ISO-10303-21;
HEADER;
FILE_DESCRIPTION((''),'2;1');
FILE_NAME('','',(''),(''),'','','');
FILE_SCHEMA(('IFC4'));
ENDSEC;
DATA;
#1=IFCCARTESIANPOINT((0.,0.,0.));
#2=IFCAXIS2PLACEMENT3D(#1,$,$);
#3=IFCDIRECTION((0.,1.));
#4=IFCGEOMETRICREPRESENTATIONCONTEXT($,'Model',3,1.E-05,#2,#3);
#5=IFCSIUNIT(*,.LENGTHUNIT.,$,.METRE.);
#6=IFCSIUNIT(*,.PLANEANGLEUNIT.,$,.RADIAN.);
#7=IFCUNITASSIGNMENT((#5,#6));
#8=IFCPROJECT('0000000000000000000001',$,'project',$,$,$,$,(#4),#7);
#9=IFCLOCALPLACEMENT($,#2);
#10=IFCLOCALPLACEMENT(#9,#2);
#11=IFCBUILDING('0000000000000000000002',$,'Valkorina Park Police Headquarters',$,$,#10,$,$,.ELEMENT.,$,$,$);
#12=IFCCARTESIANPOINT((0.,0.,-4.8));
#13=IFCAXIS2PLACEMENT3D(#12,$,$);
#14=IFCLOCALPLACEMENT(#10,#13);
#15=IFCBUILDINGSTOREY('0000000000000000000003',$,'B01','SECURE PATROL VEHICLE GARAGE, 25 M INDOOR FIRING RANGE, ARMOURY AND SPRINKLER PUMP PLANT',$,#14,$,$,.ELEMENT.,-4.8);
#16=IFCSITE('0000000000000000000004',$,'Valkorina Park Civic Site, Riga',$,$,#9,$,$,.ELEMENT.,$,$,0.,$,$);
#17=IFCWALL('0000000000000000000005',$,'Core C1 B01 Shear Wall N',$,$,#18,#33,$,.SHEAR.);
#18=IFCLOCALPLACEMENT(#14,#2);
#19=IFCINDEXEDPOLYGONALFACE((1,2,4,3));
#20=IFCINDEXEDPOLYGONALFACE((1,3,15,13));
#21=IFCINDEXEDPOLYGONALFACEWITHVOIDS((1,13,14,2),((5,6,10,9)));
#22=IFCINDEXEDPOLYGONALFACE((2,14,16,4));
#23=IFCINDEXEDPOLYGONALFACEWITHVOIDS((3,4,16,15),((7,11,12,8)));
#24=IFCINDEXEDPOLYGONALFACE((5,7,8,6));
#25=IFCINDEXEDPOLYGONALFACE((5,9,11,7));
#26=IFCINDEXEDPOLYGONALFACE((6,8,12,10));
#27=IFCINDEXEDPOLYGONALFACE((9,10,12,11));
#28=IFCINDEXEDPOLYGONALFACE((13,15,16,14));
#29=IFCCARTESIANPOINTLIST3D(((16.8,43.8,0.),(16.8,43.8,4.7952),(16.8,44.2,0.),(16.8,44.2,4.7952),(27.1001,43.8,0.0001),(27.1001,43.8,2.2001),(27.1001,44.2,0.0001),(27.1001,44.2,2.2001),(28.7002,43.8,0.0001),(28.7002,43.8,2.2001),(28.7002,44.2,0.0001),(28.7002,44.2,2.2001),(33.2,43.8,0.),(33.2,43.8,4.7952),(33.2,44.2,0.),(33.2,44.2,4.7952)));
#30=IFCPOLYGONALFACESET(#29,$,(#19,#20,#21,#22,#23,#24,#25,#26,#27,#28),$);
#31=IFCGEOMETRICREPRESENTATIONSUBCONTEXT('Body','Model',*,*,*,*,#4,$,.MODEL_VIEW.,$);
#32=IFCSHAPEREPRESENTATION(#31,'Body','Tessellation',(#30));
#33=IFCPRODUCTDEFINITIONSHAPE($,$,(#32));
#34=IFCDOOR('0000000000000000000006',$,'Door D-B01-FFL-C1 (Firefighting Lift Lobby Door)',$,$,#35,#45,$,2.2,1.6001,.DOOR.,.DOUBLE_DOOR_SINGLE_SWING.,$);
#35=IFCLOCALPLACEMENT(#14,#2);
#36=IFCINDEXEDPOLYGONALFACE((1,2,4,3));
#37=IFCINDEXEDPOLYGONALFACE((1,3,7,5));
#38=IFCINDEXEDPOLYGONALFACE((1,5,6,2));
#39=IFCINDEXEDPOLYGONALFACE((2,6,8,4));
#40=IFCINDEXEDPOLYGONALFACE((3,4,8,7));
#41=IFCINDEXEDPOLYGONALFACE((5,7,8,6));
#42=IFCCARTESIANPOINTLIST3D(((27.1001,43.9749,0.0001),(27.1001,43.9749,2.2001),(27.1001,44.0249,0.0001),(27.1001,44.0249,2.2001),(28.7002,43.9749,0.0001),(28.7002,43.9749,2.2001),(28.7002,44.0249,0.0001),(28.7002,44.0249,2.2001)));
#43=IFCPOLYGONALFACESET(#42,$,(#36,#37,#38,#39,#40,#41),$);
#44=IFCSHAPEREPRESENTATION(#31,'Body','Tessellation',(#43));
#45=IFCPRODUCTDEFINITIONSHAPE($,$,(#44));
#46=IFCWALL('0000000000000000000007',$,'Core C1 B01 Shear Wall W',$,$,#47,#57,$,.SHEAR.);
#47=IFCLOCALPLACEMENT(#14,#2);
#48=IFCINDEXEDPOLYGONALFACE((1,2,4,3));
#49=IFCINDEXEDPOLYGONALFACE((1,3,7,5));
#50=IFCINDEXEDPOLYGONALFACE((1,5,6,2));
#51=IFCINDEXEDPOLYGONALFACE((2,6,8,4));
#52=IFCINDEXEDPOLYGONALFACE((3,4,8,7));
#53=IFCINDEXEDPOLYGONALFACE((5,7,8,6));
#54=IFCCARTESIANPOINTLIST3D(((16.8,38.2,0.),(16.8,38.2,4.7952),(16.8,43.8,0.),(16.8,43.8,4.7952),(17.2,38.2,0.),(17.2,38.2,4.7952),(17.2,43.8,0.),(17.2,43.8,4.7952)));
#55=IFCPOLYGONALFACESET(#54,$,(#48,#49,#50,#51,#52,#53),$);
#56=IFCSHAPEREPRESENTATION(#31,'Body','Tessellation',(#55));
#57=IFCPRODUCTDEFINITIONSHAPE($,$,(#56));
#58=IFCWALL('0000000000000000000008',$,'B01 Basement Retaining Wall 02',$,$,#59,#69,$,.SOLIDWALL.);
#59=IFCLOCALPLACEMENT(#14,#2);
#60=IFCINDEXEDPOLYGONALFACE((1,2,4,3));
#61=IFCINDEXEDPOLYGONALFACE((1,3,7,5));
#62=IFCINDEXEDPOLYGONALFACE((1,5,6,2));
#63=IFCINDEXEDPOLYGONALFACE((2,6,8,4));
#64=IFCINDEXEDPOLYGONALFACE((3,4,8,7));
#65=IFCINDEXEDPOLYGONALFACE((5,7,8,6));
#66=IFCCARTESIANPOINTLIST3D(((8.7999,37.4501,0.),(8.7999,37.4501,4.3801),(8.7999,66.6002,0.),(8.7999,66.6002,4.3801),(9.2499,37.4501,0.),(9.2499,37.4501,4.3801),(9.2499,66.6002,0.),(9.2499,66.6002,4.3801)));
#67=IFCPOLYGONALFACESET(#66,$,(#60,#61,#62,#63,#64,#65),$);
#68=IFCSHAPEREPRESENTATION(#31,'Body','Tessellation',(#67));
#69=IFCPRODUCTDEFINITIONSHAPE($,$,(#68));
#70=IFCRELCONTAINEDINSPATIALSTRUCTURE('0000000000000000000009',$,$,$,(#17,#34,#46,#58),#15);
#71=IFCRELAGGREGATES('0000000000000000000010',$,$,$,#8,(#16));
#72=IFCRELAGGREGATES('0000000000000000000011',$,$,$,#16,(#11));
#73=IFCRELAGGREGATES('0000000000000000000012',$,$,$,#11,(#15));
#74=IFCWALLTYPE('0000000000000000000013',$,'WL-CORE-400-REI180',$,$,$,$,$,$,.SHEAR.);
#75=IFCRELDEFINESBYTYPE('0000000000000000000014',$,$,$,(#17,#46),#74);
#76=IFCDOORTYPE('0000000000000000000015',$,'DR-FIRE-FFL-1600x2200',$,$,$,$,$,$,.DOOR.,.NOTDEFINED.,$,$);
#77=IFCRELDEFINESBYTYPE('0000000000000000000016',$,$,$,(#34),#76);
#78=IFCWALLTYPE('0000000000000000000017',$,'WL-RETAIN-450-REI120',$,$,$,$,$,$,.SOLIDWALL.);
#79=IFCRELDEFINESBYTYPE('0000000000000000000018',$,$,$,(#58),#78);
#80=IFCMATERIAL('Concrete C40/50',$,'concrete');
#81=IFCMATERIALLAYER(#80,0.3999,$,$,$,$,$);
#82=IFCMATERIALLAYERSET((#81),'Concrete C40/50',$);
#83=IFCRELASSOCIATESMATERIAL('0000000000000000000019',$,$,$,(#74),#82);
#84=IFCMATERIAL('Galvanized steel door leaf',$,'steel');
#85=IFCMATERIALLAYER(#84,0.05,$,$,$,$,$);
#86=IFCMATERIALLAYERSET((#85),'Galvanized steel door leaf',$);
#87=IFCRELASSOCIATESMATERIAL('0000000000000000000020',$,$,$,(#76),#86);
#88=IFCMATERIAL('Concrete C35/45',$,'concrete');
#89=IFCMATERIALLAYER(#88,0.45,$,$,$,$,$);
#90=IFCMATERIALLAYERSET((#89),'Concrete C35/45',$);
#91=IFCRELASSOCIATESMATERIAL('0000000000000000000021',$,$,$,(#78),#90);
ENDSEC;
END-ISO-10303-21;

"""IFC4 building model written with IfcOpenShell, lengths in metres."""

from ifc_helpers import new_model, si_unit, direction, frame, frame_2d, origin, place, context, subcontext, project, spatial, rectangle, extrude, material, layer, layer_set, type_object, element, fill, save


model = new_model("IFC4")

# Units and contexts
model_context = context("Model", 3, precision=1e-05, world=origin(), true_north=direction((0.0, 1.0)))
body_context = subcontext(model_context, "Body", "Model", "MODEL_VIEW")
ifc_project = project(units=[si_unit("LENGTHUNIT", "METRE"), si_unit("PLANEANGLEUNIT", "RADIAN")], contexts=[model_context])

# Site, building, storey
site_placement = place(None, origin())
site = spatial("IfcSite", under=ifc_project, at=site_placement, Name="Valkorina Park Civic Site, Riga", CompositionType="ELEMENT", RefElevation=0.0)
building_placement = place(site_placement, origin())
building = spatial("IfcBuilding", under=site, at=building_placement, Name="Valkorina Park Police Headquarters", CompositionType="ELEMENT")
storey_placement = place(building_placement, frame((0.0, 0.0, -4.8)))
storey = spatial("IfcBuildingStorey", under=building, at=storey_placement, Name="B01", Description="SECURE PATROL VEHICLE GARAGE, 25 M INDOOR FIRING RANGE, ARMOURY AND SPRINKLER PUMP PLANT", CompositionType="ELEMENT", Elevation=-4.8)

# Shared definitions
ifc_material_1 = material(Name="Concrete C40/50", Category="concrete")

# Shared definitions
ifc_material_2 = material(Name="Concrete C35/45", Category="concrete")

# Shared definitions
ifc_layer_1 = layer(ifc_material_1, 0.3999)
ifc_layer_set_1 = layer_set([ifc_layer_1], Name="Concrete C40/50")
wall_type_1 = type_object("IfcWallType", Name="WL-CORE-400-REI180", PredefinedType="SHEAR", material=ifc_layer_set_1)

# Wall, opening, door
wall_1_placement = place(storey_placement, frame((16.8, 44.0, 0.0), z_axis=(0.0, 0.0, 1.0), x_axis=(1.0, 0.0, 0.0)))
wall_1 = element("IfcWall", 1, at=wall_1_placement, inside=storey, type_object=wall_type_1, Name="Core C1 B01 Shear Wall N", PredefinedType="SHEAR", context=body_context, shape_type="SweptSolid", body=[
    extrude(rectangle(XDim=16.3999, YDim=0.3999, at=frame_2d((8.2, 0.0))), origin(), (0.0, 0.0, 1.0), 4.7952),
])
opening_1_placement = place(wall_1_placement, frame((10.3, 0.0, 0.0)))
opening_1 = element("IfcOpeningElement", 2, at=opening_1_placement, cuts=wall_1, PredefinedType="OPENING", context=body_context, shape_type="SweptSolid", body=[
    extrude(rectangle(XDim=1.6001, YDim=2.2, at=frame_2d((0.8, 1.1001))), frame((0.0, 0.21, 0.0), z_axis=(0.0, -1.0, 0.0), x_axis=(1.0, 0.0, 0.0)), (0.0, 0.0, 1.0), 0.4199),
])
ifc_material_3 = material(Name="Galvanized steel door leaf", Category="steel")
ifc_layer_2 = layer(ifc_material_3, 0.05)
ifc_layer_set_2 = layer_set([ifc_layer_2], Name="Galvanized steel door leaf")
door_type_1 = type_object("IfcDoorType", Name="DR-FIRE-FFL-1600x2200", OperationType="NOTDEFINED", PredefinedType="DOOR", material=ifc_layer_set_2)
door_1_placement = place(opening_1_placement, origin())
door_1 = element("IfcDoor", 3, at=door_1_placement, inside=storey, type_object=door_type_1, Name="Door D-B01-FFL-C1 (Firefighting Lift Lobby Door)", OperationType="DOUBLE_DOOR_SINGLE_SWING", OverallHeight=2.2, OverallWidth=1.6001, PredefinedType="DOOR", context=body_context, shape_type="SweptSolid", body=[
    extrude(rectangle(XDim=1.6001, YDim=2.2, at=frame_2d((0.8, 1.1001))), frame((0.0, 0.0249, 0.0), z_axis=(0.0, -1.0, 0.0), x_axis=(1.0, 0.0, 0.0)), (0.0, 0.0, 1.0), 0.05),
])
fill(opening_1, door_1)

# Wall
wall_2_placement = place(storey_placement, frame((17.0, 38.2, 0.0), z_axis=(0.0, 0.0, 1.0), x_axis=(0.0, 1.0, 0.0)))
element("IfcWall", 4, at=wall_2_placement, inside=storey, type_object=wall_type_1, Name="Core C1 B01 Shear Wall W", PredefinedType="SHEAR", context=body_context, shape_type="SweptSolid", body=[
    extrude(rectangle(XDim=5.6001, YDim=0.3999, at=frame_2d((2.8, 0.0))), origin(), (0.0, 0.0, 1.0), 4.7952),
])

# Wall
ifc_layer_3 = layer(ifc_material_2, 0.45)
ifc_layer_set_3 = layer_set([ifc_layer_3], Name="Concrete C35/45")
wall_type_2 = type_object("IfcWallType", Name="WL-RETAIN-450-REI120", PredefinedType="SOLIDWALL", material=ifc_layer_set_3)
wall_3_placement = place(storey_placement, frame((9.0249, 37.45, 0.0), z_axis=(0.0, 0.0, 1.0), x_axis=(0.0, 1.0, 0.0)))
element("IfcWall", 5, at=wall_3_placement, inside=storey, type_object=wall_type_2, Name="B01 Basement Retaining Wall 02", PredefinedType="SOLIDWALL", context=body_context, shape_type="SweptSolid", body=[
    extrude(rectangle(XDim=29.1501, YDim=0.45, at=frame_2d((14.5752, 0.0))), origin(), (0.0, 0.0, 1.0), 4.3801),
])

save(model, "model.ifc")
